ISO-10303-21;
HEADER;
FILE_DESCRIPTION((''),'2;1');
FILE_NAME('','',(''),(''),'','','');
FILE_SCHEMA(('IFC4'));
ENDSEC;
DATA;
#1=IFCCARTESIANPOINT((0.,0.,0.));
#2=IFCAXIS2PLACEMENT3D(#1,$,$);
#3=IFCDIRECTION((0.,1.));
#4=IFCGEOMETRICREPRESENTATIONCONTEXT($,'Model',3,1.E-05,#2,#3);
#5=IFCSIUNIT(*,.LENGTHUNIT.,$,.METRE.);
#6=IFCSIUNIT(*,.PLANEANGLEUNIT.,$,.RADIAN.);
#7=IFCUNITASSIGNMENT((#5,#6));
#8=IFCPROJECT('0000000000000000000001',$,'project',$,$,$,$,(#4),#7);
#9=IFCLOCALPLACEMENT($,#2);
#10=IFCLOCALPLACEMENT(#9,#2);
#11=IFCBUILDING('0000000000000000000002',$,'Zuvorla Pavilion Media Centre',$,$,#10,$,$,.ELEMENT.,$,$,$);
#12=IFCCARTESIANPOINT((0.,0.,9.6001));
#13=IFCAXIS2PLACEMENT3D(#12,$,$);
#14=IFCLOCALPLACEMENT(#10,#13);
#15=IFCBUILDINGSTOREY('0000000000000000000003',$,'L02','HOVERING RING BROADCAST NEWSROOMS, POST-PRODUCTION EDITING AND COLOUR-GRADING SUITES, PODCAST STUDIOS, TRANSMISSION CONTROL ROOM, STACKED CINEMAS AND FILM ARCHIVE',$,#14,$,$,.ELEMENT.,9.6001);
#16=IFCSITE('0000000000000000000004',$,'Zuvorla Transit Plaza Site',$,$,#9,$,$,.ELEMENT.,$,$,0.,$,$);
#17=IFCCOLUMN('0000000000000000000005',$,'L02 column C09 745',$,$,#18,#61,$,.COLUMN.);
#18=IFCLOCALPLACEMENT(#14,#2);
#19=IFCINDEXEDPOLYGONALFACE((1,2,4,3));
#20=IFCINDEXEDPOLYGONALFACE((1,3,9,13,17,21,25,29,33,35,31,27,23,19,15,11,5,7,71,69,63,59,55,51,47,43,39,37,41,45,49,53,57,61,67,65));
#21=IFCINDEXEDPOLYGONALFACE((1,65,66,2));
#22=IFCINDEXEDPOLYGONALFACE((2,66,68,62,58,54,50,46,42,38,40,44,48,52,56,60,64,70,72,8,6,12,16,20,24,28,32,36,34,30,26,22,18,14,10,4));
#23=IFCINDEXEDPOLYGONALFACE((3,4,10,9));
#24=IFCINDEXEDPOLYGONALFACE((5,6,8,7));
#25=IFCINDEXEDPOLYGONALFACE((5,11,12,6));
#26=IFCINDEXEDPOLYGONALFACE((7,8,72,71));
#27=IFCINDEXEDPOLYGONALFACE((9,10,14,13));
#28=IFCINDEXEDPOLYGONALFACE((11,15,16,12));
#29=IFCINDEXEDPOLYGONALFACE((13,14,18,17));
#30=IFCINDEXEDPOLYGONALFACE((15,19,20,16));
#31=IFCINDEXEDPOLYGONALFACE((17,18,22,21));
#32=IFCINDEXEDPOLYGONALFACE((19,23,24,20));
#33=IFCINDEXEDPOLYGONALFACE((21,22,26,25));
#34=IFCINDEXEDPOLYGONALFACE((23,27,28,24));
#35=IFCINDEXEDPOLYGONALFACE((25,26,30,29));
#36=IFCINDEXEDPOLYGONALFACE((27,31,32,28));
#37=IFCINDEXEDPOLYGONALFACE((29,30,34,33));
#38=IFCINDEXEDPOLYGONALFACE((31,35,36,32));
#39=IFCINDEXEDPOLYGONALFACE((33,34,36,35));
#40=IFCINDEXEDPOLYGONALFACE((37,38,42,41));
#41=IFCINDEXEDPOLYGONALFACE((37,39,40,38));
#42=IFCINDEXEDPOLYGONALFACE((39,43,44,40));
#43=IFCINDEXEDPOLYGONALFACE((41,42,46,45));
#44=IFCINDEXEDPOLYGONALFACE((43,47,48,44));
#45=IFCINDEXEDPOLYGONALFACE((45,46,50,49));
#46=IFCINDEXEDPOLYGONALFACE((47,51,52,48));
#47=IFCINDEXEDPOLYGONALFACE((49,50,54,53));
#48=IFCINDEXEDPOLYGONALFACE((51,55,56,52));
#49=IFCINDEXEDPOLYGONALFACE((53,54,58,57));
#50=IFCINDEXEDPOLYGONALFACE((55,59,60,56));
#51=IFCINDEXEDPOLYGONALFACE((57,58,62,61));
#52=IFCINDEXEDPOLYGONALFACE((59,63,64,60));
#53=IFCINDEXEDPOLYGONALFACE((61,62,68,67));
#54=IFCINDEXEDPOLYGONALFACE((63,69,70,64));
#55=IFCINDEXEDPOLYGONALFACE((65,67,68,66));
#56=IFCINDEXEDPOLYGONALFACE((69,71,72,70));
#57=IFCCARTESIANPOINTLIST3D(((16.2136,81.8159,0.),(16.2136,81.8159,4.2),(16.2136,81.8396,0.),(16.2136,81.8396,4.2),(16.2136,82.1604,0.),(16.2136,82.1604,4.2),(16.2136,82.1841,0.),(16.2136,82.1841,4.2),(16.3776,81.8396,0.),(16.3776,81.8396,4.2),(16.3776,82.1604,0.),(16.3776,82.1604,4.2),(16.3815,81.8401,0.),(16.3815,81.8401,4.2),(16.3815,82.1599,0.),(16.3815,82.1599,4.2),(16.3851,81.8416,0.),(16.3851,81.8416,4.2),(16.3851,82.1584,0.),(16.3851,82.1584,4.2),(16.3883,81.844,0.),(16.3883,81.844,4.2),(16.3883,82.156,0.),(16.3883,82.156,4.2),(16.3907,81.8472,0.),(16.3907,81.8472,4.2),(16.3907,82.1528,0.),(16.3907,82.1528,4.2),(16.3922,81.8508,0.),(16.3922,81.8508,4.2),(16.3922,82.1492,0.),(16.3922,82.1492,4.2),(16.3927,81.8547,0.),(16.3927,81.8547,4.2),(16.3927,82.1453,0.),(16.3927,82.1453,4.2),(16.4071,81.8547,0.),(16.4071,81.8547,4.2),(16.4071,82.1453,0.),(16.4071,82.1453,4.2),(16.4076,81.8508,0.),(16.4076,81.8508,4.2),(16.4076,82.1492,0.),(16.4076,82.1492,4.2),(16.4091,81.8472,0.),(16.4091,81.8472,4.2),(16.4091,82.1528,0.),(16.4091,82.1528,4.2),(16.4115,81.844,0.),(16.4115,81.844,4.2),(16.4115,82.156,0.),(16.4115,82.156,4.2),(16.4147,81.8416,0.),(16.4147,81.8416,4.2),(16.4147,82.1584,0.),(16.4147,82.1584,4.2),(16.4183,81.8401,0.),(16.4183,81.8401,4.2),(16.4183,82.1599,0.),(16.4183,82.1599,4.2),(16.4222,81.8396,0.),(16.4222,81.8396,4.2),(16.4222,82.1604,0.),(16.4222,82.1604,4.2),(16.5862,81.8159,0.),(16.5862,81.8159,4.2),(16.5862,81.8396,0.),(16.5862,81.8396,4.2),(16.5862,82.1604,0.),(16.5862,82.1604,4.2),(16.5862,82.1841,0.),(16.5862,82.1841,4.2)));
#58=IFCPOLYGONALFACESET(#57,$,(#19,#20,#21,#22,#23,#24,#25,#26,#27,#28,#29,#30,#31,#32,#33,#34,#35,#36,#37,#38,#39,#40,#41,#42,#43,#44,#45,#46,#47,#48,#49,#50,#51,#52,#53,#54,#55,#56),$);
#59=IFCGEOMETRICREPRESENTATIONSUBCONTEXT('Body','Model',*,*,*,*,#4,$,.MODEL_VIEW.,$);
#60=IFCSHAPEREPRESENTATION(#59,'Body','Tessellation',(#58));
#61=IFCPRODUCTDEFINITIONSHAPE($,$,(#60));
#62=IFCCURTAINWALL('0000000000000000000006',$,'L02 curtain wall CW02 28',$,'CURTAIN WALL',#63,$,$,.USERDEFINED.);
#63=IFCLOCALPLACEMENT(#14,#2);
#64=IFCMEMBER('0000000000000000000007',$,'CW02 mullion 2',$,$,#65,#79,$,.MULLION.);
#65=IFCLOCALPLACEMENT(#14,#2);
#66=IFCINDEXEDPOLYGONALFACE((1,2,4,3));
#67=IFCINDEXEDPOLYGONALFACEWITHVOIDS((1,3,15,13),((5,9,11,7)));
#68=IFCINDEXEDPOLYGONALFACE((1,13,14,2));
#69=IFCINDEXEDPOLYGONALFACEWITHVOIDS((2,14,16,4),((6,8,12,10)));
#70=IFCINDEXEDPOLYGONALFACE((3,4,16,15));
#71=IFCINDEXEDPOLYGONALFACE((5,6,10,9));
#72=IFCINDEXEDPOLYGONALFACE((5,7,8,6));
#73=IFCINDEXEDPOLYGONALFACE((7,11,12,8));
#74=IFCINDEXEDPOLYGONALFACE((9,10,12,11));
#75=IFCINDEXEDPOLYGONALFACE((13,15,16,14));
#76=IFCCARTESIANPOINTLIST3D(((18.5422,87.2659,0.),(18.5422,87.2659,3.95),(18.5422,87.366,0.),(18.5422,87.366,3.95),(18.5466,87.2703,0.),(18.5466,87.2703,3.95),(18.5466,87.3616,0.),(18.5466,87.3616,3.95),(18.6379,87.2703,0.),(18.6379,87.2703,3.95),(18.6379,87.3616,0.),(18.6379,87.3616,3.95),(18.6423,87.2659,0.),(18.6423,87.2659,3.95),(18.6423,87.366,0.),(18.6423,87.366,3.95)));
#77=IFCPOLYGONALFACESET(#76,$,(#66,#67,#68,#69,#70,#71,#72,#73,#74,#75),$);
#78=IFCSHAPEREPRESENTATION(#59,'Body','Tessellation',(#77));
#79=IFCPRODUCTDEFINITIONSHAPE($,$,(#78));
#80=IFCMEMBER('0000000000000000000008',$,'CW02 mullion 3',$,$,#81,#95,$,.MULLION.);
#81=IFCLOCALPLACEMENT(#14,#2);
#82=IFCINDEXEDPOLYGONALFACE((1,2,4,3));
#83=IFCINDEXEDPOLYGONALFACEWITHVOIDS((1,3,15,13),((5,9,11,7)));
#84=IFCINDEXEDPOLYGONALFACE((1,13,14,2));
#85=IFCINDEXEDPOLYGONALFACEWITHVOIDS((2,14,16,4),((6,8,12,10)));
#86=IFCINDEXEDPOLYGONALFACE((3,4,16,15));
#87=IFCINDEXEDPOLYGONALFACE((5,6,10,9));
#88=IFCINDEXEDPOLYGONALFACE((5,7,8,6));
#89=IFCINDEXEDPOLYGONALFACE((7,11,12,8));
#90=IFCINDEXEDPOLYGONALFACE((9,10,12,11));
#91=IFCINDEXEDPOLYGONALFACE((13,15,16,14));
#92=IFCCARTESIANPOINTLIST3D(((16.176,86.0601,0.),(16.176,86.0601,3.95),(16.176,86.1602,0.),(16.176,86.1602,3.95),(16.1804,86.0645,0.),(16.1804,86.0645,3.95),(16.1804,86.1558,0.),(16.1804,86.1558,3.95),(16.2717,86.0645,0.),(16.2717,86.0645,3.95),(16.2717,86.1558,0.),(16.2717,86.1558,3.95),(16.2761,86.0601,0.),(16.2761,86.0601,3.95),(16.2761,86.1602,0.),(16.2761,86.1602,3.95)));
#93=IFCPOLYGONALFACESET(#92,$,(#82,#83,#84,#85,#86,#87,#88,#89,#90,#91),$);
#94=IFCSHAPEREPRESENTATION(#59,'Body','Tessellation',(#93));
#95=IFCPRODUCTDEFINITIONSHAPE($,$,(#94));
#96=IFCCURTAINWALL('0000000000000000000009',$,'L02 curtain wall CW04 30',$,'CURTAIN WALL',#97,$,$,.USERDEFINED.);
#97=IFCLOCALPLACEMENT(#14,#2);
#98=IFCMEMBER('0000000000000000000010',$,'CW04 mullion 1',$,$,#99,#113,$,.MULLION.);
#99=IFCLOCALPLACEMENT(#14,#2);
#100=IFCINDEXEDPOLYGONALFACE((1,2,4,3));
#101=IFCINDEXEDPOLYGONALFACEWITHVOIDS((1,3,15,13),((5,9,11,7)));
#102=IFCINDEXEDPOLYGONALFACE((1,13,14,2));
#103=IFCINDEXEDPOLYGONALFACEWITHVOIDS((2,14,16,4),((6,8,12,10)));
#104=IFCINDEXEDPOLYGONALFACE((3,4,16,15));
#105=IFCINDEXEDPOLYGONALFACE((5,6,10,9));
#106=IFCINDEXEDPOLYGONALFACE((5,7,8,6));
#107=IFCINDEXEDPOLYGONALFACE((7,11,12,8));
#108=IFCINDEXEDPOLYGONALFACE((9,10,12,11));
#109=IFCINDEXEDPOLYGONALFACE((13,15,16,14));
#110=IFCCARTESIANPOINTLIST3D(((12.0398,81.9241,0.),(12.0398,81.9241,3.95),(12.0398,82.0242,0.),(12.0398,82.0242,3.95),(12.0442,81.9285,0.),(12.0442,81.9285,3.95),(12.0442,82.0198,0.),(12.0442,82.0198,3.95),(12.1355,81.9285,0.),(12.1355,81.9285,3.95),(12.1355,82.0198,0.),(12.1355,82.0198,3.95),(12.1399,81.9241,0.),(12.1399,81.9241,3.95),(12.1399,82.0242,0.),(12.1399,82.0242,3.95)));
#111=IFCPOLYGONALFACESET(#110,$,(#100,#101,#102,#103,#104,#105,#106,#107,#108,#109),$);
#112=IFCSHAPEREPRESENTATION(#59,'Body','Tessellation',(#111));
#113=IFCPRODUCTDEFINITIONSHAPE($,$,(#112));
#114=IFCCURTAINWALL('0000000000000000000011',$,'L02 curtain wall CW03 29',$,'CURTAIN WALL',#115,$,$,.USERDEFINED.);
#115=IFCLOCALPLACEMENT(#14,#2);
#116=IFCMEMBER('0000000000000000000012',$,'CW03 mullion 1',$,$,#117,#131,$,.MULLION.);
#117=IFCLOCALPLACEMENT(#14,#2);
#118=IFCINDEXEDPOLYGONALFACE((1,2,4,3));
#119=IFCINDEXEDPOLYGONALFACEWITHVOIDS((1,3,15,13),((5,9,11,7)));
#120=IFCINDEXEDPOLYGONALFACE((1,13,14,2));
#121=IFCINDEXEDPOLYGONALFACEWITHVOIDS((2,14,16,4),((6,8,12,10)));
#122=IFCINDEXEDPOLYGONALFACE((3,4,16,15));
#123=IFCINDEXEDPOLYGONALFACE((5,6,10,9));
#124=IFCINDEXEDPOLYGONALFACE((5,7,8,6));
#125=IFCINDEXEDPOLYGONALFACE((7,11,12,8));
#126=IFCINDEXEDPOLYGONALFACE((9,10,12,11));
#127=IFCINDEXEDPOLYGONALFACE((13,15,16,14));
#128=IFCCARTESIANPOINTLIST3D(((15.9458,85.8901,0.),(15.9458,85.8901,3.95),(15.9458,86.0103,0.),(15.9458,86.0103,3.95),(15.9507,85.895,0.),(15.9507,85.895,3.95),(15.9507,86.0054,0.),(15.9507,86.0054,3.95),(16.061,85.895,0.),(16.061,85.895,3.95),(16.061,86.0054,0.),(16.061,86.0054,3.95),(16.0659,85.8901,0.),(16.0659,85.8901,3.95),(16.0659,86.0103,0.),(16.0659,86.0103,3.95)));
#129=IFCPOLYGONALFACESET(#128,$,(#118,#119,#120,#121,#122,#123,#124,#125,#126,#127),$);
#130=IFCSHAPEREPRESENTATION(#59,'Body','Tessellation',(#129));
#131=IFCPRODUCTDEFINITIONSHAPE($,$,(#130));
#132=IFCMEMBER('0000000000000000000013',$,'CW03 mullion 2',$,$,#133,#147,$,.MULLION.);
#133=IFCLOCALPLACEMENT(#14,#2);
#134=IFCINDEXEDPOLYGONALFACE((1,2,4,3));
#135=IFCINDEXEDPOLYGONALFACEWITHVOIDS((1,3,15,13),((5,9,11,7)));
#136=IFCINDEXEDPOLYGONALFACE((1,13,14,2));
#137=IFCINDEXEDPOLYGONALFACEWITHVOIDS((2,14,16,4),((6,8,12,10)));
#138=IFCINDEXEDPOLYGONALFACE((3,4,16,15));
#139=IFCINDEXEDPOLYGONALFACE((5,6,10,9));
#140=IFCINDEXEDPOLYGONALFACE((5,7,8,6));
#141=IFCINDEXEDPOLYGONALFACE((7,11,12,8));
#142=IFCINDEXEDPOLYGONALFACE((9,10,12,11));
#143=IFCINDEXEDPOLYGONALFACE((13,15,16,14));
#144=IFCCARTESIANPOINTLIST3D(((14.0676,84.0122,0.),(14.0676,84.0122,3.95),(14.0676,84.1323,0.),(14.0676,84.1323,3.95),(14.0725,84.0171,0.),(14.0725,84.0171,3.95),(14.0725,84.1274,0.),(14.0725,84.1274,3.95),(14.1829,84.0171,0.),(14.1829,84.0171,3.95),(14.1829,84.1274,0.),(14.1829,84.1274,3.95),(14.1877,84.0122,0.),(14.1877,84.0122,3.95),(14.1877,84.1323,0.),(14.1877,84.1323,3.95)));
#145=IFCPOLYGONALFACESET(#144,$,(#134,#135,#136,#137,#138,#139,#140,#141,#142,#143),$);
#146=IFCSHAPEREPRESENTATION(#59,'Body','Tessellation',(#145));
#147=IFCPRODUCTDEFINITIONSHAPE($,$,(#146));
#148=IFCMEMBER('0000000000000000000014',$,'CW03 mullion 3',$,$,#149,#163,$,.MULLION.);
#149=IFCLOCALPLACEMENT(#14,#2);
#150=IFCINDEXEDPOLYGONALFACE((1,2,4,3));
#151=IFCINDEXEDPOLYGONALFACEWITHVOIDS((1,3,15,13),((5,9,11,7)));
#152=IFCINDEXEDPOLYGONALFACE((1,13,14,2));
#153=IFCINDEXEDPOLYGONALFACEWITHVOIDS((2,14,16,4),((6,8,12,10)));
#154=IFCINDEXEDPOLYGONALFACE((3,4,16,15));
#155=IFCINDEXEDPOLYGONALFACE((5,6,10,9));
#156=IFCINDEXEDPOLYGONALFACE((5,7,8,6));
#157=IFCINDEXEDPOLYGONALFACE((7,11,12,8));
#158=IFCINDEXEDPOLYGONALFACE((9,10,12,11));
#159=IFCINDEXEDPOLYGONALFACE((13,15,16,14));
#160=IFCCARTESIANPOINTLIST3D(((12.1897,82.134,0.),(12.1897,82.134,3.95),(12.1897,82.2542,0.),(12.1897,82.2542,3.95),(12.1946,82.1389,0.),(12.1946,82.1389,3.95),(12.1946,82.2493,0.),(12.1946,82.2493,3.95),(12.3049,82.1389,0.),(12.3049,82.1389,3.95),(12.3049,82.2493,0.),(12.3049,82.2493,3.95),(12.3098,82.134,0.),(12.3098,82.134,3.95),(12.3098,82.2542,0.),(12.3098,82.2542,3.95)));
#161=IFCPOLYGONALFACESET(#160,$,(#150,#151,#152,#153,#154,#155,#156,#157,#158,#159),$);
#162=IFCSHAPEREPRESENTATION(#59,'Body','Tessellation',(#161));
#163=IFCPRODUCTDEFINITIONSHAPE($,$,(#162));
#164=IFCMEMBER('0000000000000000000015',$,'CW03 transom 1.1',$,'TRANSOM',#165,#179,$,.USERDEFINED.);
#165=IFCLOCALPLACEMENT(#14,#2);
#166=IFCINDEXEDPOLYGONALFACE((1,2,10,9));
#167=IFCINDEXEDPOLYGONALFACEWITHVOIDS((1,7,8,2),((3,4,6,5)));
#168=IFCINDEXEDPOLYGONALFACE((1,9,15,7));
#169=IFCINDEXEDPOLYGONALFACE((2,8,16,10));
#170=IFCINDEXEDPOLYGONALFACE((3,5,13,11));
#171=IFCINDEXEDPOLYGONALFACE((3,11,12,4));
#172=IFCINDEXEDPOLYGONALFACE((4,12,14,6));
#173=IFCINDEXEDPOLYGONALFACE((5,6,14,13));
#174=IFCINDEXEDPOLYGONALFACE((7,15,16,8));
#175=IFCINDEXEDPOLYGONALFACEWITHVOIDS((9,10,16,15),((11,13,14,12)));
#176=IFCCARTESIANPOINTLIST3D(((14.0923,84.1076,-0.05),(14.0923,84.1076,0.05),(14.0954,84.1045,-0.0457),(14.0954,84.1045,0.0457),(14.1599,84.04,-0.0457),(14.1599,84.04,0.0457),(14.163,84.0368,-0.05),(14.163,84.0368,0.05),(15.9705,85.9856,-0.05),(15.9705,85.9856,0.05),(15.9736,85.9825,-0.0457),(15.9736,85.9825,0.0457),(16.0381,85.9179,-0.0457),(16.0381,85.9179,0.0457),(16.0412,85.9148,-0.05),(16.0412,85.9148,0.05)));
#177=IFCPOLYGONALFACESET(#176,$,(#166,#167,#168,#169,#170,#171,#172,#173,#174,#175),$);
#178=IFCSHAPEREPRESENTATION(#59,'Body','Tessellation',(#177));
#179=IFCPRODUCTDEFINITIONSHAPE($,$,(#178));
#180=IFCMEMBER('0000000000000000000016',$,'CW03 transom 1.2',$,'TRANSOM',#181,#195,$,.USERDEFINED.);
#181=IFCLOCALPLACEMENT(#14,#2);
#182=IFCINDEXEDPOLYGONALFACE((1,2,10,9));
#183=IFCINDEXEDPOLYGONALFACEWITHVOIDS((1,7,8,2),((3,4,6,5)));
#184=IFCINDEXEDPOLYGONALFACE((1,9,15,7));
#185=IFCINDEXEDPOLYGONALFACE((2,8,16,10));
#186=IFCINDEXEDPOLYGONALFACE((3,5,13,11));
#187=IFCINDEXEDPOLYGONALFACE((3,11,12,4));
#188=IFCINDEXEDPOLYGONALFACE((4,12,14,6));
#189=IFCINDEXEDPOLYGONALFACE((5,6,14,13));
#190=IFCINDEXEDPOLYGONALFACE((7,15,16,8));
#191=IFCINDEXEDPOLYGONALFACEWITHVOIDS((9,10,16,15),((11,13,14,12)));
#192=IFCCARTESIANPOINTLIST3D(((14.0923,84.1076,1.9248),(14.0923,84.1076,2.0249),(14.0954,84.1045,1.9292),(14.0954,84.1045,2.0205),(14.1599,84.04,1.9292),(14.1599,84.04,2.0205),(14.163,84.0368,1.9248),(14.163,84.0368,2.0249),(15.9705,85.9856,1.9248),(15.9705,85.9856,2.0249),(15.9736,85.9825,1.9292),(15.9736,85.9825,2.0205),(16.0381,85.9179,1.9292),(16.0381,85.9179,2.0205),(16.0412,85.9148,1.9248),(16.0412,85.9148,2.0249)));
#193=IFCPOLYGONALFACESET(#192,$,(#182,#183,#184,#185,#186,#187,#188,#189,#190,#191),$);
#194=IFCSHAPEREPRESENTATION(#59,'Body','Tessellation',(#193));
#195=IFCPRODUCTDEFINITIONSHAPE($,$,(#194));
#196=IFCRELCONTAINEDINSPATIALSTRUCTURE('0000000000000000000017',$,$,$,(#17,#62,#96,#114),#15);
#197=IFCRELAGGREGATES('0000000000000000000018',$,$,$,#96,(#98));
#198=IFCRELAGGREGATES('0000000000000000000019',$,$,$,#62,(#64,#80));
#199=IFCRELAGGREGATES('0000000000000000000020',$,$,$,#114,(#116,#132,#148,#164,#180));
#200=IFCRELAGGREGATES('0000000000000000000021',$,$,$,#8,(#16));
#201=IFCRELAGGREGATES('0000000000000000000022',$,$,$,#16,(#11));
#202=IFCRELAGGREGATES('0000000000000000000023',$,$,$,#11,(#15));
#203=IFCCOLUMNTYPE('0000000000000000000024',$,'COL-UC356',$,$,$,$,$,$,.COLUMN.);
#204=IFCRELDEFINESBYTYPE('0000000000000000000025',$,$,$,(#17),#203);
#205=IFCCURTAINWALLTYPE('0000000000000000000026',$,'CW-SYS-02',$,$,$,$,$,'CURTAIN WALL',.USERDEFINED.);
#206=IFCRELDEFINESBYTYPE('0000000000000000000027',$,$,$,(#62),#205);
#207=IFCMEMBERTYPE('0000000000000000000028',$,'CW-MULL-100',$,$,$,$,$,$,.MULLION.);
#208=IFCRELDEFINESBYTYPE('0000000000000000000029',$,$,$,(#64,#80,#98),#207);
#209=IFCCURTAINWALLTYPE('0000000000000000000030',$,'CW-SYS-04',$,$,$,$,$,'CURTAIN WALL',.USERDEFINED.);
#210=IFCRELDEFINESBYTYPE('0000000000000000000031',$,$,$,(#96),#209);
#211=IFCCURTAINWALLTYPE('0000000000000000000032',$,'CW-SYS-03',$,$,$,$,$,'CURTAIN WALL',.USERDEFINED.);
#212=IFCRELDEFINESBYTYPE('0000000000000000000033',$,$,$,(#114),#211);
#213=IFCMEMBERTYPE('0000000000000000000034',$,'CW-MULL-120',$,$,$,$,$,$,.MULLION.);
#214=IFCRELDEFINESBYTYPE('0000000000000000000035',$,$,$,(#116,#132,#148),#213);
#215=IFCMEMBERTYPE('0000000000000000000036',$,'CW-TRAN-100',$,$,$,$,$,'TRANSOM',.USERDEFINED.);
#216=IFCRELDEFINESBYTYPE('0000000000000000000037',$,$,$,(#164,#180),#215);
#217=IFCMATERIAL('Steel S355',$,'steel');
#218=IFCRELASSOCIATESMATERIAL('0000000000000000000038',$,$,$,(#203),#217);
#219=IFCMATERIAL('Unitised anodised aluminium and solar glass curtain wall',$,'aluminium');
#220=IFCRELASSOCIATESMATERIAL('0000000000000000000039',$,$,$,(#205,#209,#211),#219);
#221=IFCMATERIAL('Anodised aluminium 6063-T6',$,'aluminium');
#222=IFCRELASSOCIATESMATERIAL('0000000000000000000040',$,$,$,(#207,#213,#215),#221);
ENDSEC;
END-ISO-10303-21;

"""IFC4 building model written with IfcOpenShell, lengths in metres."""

from ifc_helpers import new_model, si_unit, direction, frame, origin, origin_2d, place, context, subcontext, project, spatial, hollow_rectangle, i_section, extrude, material, material_profile, profile_set, type_object, element, aggregate, save


model = new_model("IFC4")

# Units and contexts
model_context = context("Model", 3, precision=1e-05, world=origin(), true_north=direction((0.0, 1.0)))
body_context = subcontext(model_context, "Body", "Model", "MODEL_VIEW")
ifc_project = project(units=[si_unit("LENGTHUNIT", "METRE"), si_unit("PLANEANGLEUNIT", "RADIAN")], contexts=[model_context])

# Site, building, storey
site_placement = place(None, origin())
site = spatial("IfcSite", under=ifc_project, at=site_placement, Name="Zuvorla Transit Plaza Site", CompositionType="ELEMENT", RefElevation=0.0)
building_placement = place(site_placement, origin())
building = spatial("IfcBuilding", under=site, at=building_placement, Name="Zuvorla Pavilion Media Centre", CompositionType="ELEMENT")
storey_placement = place(building_placement, frame((0.0, 0.0, 9.6001)))
storey = spatial("IfcBuildingStorey", under=building, at=storey_placement, Name="L02", Description="HOVERING RING BROADCAST NEWSROOMS, POST-PRODUCTION EDITING AND COLOUR-GRADING SUITES, PODCAST STUDIOS, TRANSMISSION CONTROL ROOM, STACKED CINEMAS AND FILM ARCHIVE", CompositionType="ELEMENT", Elevation=9.6001)

# Column
ifc_material_1 = material(Name="Steel S355", Category="steel")
ifc_material_profile_1 = material_profile(ifc_material_1, i_section(OverallWidth=0.3726, OverallDepth=0.3682, WebThickness=0.0144, FlangeThickness=0.0237, FilletRadius=0.0151, at=origin_2d()), Name="UC 356x368x177")
ifc_profile_set_1 = profile_set([ifc_material_profile_1], Name="Steel S355")
column_type = type_object("IfcColumnType", Name="COL-UC356", PredefinedType="COLUMN", material=ifc_profile_set_1)
column_placement = place(storey_placement, frame((16.3999, 82.0, 0.0), z_axis=(0.0, 0.0, 1.0), x_axis=(1.0, 0.0, 0.0)))
element("IfcColumn", 1, at=column_placement, inside=storey, type_object=column_type, Name="L02 column C09 745", PredefinedType="COLUMN", context=body_context, shape_type="SweptSolid", body=[
    extrude(i_section(OverallWidth=0.3726, OverallDepth=0.3682, WebThickness=0.0144, FlangeThickness=0.0237, FilletRadius=0.0151, at=origin_2d()), origin(), (0.0, 0.0, 1.0), 4.2),
])

# Curtain wall, members
ifc_material_2 = material(Name="Unitised anodised aluminium and solar glass curtain wall", Category="aluminium")
curtain_wall_type_1 = type_object("IfcCurtainWallType", Name="CW-SYS-02", ElementType="CURTAIN WALL", PredefinedType="USERDEFINED", material=ifc_material_2)
curtain_wall_1_placement = place(storey_placement, origin())
curtain_wall_1 = element("IfcCurtainWall", 2, at=curtain_wall_1_placement, inside=storey, type_object=curtain_wall_type_1, Name="L02 curtain wall CW02 28", ObjectType="CURTAIN WALL", PredefinedType="USERDEFINED")
ifc_material_3 = material(Name="Anodised aluminium 6063-T6", Category="aluminium")
ifc_material_profile_2 = material_profile(ifc_material_3, hollow_rectangle(XDim=0.1001, YDim=0.1001, WallThickness=0.0044, at=origin_2d()), Name="ALU MULL 100x100")
ifc_profile_set_2 = profile_set([ifc_material_profile_2], Name="Anodised aluminium 6063-T6")
member_type_1 = type_object("IfcMemberType", Name="CW-MULL-100", PredefinedType="MULLION", material=ifc_profile_set_2)
member_1_placement = place(storey_placement, frame((18.5923, 87.3159, 0.0), z_axis=(0.0, 0.0, 1.0), x_axis=(1.0, 0.0, 0.0)))
member_1 = element("IfcMember", 3, at=member_1_placement, type_object=member_type_1, Name="CW02 mullion 2", PredefinedType="MULLION", context=body_context, shape_type="SweptSolid", body=[
    extrude(hollow_rectangle(XDim=0.1001, YDim=0.1001, WallThickness=0.0044, at=origin_2d()), origin(), (0.0, 0.0, 1.0), 3.95),
])
member_2_placement = place(storey_placement, frame((16.2261, 86.1101, 0.0), z_axis=(0.0, 0.0, 1.0), x_axis=(1.0, 0.0, 0.0)))
member_2 = element("IfcMember", 4, at=member_2_placement, type_object=member_type_1, Name="CW02 mullion 3", PredefinedType="MULLION", context=body_context, shape_type="SweptSolid", body=[
    extrude(hollow_rectangle(XDim=0.1001, YDim=0.1001, WallThickness=0.0044, at=origin_2d()), origin(), (0.0, 0.0, 1.0), 3.95),
])

# Curtain wall, member
curtain_wall_type_2 = type_object("IfcCurtainWallType", Name="CW-SYS-04", ElementType="CURTAIN WALL", PredefinedType="USERDEFINED", material=ifc_material_2)
curtain_wall_2_placement = place(storey_placement, origin())
curtain_wall_2 = element("IfcCurtainWall", 5, at=curtain_wall_2_placement, inside=storey, type_object=curtain_wall_type_2, Name="L02 curtain wall CW04 30", ObjectType="CURTAIN WALL", PredefinedType="USERDEFINED")
member_3_placement = place(storey_placement, frame((12.0898, 81.9741, 0.0), z_axis=(0.0, 0.0, 1.0), x_axis=(1.0, 0.0, 0.0)))
member_3 = element("IfcMember", 6, at=member_3_placement, type_object=member_type_1, Name="CW04 mullion 1", PredefinedType="MULLION", context=body_context, shape_type="SweptSolid", body=[
    extrude(hollow_rectangle(XDim=0.1001, YDim=0.1001, WallThickness=0.0044, at=origin_2d()), origin(), (0.0, 0.0, 1.0), 3.95),
])

# Curtain wall, members
curtain_wall_type_3 = type_object("IfcCurtainWallType", Name="CW-SYS-03", ElementType="CURTAIN WALL", PredefinedType="USERDEFINED", material=ifc_material_2)
curtain_wall_3_placement = place(storey_placement, origin())
curtain_wall_3 = element("IfcCurtainWall", 7, at=curtain_wall_3_placement, inside=storey, type_object=curtain_wall_type_3, Name="L02 curtain wall CW03 29", ObjectType="CURTAIN WALL", PredefinedType="USERDEFINED")
ifc_material_profile_3 = material_profile(ifc_material_3, hollow_rectangle(XDim=0.1201, YDim=0.1201, WallThickness=0.0049, at=origin_2d()), Name="ALU MULL 120x120")
ifc_profile_set_3 = profile_set([ifc_material_profile_3], Name="Anodised aluminium 6063-T6")
member_type_2 = type_object("IfcMemberType", Name="CW-MULL-120", PredefinedType="MULLION", material=ifc_profile_set_3)
member_4_placement = place(storey_placement, frame((16.0059, 85.9502, 0.0), z_axis=(0.0, 0.0, 1.0), x_axis=(1.0, 0.0, 0.0)))
member_4 = element("IfcMember", 8, at=member_4_placement, type_object=member_type_2, Name="CW03 mullion 1", PredefinedType="MULLION", context=body_context, shape_type="SweptSolid", body=[
    extrude(hollow_rectangle(XDim=0.1201, YDim=0.1201, WallThickness=0.0049, at=origin_2d()), origin(), (0.0, 0.0, 1.0), 3.95),
])
member_5_placement = place(storey_placement, frame((14.1277, 84.0723, 0.0), z_axis=(0.0, 0.0, 1.0), x_axis=(1.0, 0.0, 0.0)))
member_5 = element("IfcMember", 9, at=member_5_placement, type_object=member_type_2, Name="CW03 mullion 2", PredefinedType="MULLION", context=body_context, shape_type="SweptSolid", body=[
    extrude(hollow_rectangle(XDim=0.1201, YDim=0.1201, WallThickness=0.0049, at=origin_2d()), origin(), (0.0, 0.0, 1.0), 3.95),
])
member_6_placement = place(storey_placement, frame((12.2498, 82.1941, 0.0), z_axis=(0.0, 0.0, 1.0), x_axis=(1.0, 0.0, 0.0)))
member_6 = element("IfcMember", 10, at=member_6_placement, type_object=member_type_2, Name="CW03 mullion 3", PredefinedType="MULLION", context=body_context, shape_type="SweptSolid", body=[
    extrude(hollow_rectangle(XDim=0.1201, YDim=0.1201, WallThickness=0.0049, at=origin_2d()), origin(), (0.0, 0.0, 1.0), 3.95),
])
ifc_material_profile_4 = material_profile(ifc_material_3, hollow_rectangle(XDim=0.1001, YDim=0.1001, WallThickness=0.0044, at=origin_2d()), Name="ALU TRAN 100x100")
ifc_profile_set_4 = profile_set([ifc_material_profile_4], Name="Anodised aluminium 6063-T6")
member_type_3 = type_object("IfcMemberType", Name="CW-TRAN-100", ElementType="TRANSOM", PredefinedType="USERDEFINED", material=ifc_profile_set_4)
member_7_placement = place(storey_placement, frame((16.0059, 85.9502, 0.0), z_axis=(-0.707153, -0.707061, 0.0), x_axis=(0.707061, -0.707153, 0.0)))
member_7 = element("IfcMember", 11, at=member_7_placement, type_object=member_type_3, Name="CW03 transom 1.1", ObjectType="TRANSOM", PredefinedType="USERDEFINED", context=body_context, shape_type="SweptSolid", body=[
    extrude(hollow_rectangle(XDim=0.1001, YDim=0.1001, WallThickness=0.0044, at=origin_2d()), origin(), (0.0, 0.0, 1.0), 2.656),
])
member_8_placement = place(storey_placement, frame((16.0059, 85.9502, 1.9749), z_axis=(-0.707153, -0.707061, 0.0), x_axis=(0.707061, -0.707153, 0.0)))
member_8 = element("IfcMember", 12, at=member_8_placement, type_object=member_type_3, Name="CW03 transom 1.2", ObjectType="TRANSOM", PredefinedType="USERDEFINED", context=body_context, shape_type="SweptSolid", body=[
    extrude(hollow_rectangle(XDim=0.1001, YDim=0.1001, WallThickness=0.0044, at=origin_2d()), origin(), (0.0, 0.0, 1.0), 2.656),
])

aggregate(curtain_wall_2, [member_3])

aggregate(curtain_wall_1, [member_1, member_2])
aggregate(curtain_wall_3, [member_4, member_5, member_6, member_7, member_8])

save(model, "model.ifc")
